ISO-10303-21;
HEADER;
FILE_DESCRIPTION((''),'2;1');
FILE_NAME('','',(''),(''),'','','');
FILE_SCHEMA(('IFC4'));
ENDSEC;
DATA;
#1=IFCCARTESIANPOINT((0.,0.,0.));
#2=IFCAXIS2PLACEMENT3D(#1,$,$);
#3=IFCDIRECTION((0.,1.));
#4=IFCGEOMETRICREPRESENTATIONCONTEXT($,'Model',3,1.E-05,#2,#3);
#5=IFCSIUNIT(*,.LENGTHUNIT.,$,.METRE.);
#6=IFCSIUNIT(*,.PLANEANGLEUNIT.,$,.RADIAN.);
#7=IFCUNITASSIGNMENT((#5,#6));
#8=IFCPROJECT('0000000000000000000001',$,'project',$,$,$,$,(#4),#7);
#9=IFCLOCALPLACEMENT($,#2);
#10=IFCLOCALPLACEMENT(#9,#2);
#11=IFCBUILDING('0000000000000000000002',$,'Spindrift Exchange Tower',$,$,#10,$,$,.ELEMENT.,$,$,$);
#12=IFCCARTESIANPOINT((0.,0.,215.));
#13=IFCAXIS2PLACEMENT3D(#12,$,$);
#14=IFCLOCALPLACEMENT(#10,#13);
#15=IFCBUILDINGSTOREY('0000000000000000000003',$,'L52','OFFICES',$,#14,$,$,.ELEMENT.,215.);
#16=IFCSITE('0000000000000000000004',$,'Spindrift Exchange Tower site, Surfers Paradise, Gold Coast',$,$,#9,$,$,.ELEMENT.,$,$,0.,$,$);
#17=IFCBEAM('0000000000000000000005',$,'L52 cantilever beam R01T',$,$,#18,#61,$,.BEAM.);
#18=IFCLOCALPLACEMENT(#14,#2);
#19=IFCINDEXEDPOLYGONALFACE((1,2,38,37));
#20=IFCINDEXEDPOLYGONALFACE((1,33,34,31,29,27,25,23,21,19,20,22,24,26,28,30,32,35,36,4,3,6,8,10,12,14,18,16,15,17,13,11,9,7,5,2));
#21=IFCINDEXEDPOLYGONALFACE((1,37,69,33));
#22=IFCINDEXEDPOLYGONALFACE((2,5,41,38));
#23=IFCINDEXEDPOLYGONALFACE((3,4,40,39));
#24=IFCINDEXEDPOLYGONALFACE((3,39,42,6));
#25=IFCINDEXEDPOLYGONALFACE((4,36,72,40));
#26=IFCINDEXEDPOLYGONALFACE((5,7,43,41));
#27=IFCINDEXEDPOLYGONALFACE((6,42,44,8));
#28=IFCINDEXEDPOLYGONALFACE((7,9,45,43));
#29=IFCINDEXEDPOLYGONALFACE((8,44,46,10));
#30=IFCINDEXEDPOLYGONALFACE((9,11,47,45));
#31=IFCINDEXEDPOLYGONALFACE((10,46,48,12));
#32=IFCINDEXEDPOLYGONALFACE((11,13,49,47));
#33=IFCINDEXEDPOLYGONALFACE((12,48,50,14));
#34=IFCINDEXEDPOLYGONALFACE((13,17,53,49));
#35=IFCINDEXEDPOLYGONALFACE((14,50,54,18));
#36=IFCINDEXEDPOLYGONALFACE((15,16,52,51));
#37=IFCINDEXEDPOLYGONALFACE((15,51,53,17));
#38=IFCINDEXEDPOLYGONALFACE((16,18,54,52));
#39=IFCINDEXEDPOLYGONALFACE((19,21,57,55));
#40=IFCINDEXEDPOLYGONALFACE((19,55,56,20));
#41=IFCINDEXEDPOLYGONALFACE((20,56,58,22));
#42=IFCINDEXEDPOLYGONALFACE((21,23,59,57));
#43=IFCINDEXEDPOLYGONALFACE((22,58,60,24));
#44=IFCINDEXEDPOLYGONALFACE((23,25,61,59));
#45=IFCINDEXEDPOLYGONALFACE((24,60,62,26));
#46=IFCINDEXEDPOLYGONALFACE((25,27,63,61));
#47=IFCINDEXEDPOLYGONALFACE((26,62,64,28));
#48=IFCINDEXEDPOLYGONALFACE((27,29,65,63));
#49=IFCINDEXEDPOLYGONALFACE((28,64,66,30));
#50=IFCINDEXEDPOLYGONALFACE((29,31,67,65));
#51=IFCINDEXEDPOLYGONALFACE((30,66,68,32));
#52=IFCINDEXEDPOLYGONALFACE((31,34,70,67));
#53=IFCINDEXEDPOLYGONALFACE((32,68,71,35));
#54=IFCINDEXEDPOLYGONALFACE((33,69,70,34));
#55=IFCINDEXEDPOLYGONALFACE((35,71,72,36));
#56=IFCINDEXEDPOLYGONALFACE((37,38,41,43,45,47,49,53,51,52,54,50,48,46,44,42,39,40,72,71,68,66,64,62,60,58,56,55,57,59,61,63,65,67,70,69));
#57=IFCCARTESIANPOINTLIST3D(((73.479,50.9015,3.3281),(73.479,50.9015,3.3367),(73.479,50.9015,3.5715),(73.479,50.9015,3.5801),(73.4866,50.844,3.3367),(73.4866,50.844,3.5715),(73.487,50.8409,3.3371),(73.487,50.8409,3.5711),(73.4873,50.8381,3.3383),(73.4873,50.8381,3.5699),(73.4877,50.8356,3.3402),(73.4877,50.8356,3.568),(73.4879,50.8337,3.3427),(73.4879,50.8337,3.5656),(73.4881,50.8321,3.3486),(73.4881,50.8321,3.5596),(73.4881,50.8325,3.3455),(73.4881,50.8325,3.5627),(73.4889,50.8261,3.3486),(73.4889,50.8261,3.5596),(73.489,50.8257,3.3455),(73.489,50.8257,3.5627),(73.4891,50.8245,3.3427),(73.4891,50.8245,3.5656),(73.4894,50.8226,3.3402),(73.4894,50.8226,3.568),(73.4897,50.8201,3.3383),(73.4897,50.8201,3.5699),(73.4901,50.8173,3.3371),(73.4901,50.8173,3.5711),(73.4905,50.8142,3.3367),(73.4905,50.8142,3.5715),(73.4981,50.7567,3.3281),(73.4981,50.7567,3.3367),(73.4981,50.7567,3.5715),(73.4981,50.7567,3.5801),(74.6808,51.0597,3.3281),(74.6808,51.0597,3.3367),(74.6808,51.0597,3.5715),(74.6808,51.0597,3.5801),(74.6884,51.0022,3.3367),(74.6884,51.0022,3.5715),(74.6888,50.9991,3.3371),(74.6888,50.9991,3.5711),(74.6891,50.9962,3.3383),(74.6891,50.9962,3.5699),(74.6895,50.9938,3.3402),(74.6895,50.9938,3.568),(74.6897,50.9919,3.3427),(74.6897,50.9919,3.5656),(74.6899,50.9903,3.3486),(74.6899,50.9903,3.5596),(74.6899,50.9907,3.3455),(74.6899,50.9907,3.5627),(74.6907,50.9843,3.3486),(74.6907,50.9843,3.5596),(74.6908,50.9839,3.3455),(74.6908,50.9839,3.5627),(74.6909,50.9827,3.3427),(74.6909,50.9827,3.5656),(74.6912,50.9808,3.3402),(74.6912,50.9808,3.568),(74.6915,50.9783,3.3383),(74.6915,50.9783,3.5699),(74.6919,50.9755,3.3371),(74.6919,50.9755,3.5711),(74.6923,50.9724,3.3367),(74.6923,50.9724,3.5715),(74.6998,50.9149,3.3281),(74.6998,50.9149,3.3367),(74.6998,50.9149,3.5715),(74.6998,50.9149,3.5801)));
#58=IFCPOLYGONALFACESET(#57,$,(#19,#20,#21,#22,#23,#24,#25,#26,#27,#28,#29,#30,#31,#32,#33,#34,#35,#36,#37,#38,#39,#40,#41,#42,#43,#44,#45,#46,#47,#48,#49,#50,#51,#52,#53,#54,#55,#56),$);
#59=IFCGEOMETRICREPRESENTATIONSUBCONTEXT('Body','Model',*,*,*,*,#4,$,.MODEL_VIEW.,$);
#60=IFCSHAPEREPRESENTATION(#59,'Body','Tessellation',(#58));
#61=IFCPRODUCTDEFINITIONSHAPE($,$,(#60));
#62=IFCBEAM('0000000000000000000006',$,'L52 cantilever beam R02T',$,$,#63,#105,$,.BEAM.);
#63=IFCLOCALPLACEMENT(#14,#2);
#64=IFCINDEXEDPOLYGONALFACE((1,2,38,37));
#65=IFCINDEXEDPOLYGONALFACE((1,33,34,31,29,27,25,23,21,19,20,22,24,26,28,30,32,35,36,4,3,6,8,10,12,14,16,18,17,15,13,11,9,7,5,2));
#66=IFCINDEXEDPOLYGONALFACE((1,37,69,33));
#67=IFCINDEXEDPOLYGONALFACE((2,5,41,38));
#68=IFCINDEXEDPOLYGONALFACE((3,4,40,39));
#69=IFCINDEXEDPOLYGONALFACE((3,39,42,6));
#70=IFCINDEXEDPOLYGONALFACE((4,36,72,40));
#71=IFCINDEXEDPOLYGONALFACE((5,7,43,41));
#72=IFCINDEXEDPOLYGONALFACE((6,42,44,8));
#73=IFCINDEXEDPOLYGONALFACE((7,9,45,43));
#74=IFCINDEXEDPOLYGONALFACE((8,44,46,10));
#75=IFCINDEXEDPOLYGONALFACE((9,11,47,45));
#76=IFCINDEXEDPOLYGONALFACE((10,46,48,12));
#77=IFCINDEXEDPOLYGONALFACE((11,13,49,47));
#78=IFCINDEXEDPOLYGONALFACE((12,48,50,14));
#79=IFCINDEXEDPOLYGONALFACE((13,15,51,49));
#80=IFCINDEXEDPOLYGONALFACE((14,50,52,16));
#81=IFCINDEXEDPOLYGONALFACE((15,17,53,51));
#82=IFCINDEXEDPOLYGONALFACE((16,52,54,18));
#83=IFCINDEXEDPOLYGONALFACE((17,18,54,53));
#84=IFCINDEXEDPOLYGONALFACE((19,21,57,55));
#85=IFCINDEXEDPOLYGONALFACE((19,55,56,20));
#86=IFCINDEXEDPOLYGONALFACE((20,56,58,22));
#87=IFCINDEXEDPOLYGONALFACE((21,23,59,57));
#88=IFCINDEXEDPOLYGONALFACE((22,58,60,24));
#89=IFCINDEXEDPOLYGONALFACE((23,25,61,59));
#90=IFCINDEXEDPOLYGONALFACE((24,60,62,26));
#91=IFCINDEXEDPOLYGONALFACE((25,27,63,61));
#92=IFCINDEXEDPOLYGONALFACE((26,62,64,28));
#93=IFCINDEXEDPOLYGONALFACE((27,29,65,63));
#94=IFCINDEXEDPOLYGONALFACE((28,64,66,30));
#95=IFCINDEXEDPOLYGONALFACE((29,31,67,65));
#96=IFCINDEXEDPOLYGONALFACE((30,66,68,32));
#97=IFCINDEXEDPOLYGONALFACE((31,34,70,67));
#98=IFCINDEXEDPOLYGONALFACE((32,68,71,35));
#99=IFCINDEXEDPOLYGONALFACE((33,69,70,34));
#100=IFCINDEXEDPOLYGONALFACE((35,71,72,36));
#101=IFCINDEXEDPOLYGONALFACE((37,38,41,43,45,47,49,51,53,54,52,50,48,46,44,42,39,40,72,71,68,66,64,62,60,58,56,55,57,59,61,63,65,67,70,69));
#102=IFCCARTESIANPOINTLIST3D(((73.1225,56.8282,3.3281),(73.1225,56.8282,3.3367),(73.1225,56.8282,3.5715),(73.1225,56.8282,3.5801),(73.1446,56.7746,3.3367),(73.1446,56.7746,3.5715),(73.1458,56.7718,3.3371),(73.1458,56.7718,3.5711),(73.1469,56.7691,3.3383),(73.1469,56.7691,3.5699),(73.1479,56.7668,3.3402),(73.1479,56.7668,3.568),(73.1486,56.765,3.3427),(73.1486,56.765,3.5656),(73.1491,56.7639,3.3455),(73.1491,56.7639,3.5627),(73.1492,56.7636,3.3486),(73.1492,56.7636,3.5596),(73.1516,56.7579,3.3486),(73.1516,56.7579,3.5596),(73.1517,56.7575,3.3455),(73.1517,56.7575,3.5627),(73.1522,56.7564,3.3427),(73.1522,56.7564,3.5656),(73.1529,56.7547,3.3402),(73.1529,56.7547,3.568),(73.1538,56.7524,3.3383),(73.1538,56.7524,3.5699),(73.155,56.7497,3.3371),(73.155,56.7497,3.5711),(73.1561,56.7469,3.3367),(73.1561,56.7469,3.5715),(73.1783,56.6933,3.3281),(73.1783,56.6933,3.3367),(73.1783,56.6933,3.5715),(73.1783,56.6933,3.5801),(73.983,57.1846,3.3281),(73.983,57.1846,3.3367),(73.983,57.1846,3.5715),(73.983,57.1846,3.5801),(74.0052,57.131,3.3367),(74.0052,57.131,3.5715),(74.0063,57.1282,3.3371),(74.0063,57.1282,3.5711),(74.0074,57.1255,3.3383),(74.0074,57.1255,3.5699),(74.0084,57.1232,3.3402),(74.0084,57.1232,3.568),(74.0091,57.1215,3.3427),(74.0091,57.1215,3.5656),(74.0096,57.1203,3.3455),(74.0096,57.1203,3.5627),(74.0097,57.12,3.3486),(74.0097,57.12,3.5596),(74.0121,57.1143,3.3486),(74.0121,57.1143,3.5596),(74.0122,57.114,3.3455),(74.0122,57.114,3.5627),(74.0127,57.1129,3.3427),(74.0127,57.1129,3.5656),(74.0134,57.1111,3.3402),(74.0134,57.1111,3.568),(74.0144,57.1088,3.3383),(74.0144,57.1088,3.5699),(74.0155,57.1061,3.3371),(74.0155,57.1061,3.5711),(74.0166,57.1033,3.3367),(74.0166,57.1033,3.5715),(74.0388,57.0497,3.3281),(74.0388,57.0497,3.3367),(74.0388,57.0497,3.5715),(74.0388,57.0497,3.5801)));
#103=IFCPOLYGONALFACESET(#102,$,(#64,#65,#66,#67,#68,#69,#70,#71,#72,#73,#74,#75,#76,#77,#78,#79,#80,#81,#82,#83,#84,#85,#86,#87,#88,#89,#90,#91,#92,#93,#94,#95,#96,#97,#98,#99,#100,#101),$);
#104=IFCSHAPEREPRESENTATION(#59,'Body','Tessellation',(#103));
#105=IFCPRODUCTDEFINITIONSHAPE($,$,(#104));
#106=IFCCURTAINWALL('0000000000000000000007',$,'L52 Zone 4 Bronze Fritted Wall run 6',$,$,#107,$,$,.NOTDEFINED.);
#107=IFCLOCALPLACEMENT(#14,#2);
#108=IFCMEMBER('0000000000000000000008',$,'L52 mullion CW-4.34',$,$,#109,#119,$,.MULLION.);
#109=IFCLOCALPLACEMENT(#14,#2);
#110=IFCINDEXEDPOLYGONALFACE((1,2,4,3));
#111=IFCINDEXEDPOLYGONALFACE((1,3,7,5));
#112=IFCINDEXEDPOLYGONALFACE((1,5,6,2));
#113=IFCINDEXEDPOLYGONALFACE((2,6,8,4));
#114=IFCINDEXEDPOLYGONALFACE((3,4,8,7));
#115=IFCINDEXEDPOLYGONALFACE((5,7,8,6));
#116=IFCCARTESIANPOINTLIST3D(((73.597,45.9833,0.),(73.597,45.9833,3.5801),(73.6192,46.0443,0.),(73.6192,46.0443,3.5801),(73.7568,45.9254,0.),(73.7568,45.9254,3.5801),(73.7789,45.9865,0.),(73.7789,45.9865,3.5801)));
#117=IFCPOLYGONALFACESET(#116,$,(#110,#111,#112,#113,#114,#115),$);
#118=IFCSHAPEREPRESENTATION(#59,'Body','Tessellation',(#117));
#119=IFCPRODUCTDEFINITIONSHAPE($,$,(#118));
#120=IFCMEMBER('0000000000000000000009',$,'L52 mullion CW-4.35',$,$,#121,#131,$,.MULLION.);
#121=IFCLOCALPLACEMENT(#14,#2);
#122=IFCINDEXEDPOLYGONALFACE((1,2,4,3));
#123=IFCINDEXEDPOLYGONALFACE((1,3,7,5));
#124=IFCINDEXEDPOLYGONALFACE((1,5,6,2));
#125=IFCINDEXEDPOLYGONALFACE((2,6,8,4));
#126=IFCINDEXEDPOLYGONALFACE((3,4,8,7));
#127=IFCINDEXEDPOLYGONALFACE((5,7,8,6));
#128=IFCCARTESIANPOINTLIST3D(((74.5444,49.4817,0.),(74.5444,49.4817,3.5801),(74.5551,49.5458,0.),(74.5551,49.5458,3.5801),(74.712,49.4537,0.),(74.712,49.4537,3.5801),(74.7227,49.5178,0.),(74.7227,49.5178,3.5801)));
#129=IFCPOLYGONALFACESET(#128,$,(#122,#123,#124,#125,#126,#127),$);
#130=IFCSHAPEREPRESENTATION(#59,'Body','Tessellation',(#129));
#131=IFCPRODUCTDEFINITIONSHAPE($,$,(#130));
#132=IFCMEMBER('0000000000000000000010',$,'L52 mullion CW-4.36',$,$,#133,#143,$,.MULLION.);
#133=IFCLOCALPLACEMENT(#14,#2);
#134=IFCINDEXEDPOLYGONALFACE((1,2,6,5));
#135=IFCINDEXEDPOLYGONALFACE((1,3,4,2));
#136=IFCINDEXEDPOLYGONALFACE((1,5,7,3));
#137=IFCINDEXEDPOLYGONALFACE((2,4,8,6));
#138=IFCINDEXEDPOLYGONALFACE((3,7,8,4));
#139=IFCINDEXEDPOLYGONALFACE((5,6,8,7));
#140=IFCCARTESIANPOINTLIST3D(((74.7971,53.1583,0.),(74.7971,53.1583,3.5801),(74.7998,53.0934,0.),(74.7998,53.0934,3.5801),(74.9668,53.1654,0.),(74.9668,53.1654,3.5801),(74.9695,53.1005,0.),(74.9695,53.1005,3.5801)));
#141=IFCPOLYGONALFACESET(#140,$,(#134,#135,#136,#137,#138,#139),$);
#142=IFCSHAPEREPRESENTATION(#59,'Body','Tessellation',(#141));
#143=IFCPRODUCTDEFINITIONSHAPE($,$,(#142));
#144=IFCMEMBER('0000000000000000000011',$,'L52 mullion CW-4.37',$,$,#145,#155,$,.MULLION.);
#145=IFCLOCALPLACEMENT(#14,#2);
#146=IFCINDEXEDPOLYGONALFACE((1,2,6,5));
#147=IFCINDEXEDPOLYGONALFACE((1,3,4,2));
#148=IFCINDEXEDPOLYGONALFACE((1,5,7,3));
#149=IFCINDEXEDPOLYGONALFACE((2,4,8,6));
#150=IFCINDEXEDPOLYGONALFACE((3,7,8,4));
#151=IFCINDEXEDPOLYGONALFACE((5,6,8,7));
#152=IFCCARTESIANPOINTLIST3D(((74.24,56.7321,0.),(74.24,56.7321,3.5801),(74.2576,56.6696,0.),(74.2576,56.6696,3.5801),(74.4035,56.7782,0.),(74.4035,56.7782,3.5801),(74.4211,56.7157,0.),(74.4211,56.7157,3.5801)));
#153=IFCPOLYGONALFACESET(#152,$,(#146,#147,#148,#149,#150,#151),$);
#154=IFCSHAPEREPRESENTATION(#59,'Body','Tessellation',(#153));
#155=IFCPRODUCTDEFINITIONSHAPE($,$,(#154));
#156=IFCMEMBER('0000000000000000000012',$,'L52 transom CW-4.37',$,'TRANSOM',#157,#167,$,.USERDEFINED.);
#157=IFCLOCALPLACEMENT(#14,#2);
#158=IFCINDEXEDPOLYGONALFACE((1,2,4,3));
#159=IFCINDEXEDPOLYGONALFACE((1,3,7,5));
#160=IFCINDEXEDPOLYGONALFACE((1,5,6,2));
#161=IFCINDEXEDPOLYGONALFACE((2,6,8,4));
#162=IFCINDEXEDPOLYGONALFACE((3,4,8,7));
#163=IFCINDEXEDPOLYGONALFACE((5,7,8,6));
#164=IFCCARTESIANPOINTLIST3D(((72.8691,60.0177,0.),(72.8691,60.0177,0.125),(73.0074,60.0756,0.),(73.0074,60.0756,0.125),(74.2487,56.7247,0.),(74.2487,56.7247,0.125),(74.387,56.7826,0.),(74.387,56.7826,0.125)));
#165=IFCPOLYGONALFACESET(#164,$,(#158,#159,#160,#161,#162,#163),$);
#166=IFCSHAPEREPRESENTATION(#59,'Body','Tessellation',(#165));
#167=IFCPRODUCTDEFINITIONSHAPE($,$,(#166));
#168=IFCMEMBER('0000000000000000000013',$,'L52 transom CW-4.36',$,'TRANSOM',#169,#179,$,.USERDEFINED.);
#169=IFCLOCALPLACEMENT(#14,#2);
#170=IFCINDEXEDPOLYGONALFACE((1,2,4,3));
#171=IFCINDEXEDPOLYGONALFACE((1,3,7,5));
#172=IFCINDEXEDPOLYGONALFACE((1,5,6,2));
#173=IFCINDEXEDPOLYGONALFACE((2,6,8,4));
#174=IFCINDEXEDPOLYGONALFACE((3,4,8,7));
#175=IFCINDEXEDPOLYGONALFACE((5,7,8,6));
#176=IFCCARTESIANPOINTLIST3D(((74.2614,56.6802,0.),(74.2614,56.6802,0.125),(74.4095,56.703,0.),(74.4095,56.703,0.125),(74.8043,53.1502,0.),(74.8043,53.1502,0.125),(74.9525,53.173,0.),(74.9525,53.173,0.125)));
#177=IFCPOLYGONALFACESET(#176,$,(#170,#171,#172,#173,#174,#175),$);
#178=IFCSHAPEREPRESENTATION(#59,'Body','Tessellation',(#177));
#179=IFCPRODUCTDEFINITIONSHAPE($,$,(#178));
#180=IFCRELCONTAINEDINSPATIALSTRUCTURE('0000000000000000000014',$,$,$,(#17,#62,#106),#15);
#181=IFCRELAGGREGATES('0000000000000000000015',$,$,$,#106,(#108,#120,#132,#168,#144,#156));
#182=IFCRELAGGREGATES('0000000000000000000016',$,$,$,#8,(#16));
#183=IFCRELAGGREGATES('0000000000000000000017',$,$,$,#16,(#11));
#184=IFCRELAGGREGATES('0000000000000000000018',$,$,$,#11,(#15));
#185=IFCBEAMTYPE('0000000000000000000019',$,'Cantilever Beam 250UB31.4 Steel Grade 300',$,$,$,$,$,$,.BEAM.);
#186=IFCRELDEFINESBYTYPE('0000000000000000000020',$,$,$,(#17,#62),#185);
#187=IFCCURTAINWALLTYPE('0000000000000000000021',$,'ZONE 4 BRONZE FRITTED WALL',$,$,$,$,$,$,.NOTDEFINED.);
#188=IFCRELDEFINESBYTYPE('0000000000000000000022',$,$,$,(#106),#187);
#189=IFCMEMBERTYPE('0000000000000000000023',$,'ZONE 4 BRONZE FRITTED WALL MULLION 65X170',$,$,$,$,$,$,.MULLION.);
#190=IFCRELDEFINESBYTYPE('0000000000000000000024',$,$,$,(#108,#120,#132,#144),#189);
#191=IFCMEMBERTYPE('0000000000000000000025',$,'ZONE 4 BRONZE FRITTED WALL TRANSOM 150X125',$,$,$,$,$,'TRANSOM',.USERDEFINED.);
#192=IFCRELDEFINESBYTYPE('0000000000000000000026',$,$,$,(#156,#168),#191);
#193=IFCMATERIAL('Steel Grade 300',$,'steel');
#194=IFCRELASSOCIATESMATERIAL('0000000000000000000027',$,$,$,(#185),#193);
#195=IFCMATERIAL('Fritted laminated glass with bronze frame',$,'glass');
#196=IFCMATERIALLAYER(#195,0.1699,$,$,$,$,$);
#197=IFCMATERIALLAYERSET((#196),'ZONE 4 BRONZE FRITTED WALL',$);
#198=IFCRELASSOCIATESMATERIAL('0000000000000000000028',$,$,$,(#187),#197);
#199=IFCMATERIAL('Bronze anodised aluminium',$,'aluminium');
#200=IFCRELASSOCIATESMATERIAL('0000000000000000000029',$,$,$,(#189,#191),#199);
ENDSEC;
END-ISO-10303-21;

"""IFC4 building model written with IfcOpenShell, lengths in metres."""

from ifc_helpers import new_model, si_unit, direction, frame, origin, origin_2d, place, context, subcontext, project, spatial, rectangle, i_section, extrude, source, transform, mapped, material, layer, layer_set, material_profile, profile_set, type_object, element, aggregate, save


model = new_model("IFC4")

# Units and contexts
model_context = context("Model", 3, precision=1e-05, world=origin(), true_north=direction((0.0, 1.0)))
body_context = subcontext(model_context, "Body", "Model", "MODEL_VIEW")
ifc_project = project(units=[si_unit("LENGTHUNIT", "METRE"), si_unit("PLANEANGLEUNIT", "RADIAN")], contexts=[model_context])

# Site, building, storey
site_placement = place(None, origin())
site = spatial("IfcSite", under=ifc_project, at=site_placement, Name="Spindrift Exchange Tower site, Surfers Paradise, Gold Coast", CompositionType="ELEMENT", RefElevation=0.0)
building_placement = place(site_placement, origin())
building = spatial("IfcBuilding", under=site, at=building_placement, Name="Spindrift Exchange Tower", CompositionType="ELEMENT")
storey_placement = place(building_placement, frame((0.0, 0.0, 215.0)))
storey = spatial("IfcBuildingStorey", under=building, at=storey_placement, Name="L52", Description="OFFICES", CompositionType="ELEMENT", Elevation=215.0)

# Beams
ifc_material_1 = material(Name="Steel Grade 300", Category="steel")
ifc_material_profile_1 = material_profile(ifc_material_1, i_section(OverallWidth=0.146, OverallDepth=0.252, WebThickness=0.0061, FlangeThickness=0.0085, FilletRadius=0.012, at=origin_2d()), Name="250UB31.4")
ifc_profile_set_1 = profile_set([ifc_material_profile_1], Name="Steel Grade 300")
beam_type_1 = type_object("IfcBeamType", Name="Cantilever Beam 250UB31.4 Steel Grade 300", PredefinedType="BEAM", material=ifc_profile_set_1)
shared_shape_1 = source(origin(), body_context, "Body", "SweptSolid", [
    extrude(i_section(OverallWidth=0.146, OverallDepth=0.252, WebThickness=0.0061, FlangeThickness=0.0085, FilletRadius=0.012, at=origin_2d()), origin(), (0.0, 0.0, 1.0), 1.2122),
])
beam_1_placement = place(storey_placement, frame((73.4885, 50.8291, 3.4541), z_axis=(0.991448, 0.130501, 0.0), x_axis=(-0.130501, 0.991448, 0.0)))
element("IfcBeam", 1, at=beam_1_placement, inside=storey, type_object=beam_type_1, Name="L52 cantilever beam R01T", PredefinedType="BEAM", context=body_context, shape_type="MappedRepresentation", body=[
    mapped(shared_shape_1, transform((0.0, 0.0, 0.0), scale=1.0)),
])
shared_shape_2 = source(origin(), body_context, "Body", "SweptSolid", [
    extrude(i_section(OverallWidth=0.146, OverallDepth=0.252, WebThickness=0.0061, FlangeThickness=0.0085, FilletRadius=0.012, at=origin_2d()), origin(), (0.0, 0.0, 1.0), 0.9314),
])
beam_2_placement = place(storey_placement, frame((73.1504, 56.7607, 3.4541), z_axis=(0.923889, 0.38266, 0.0), x_axis=(-0.38266, 0.923889, 0.0)))
element("IfcBeam", 2, at=beam_2_placement, inside=storey, type_object=beam_type_1, Name="L52 cantilever beam R02T", PredefinedType="BEAM", context=body_context, shape_type="MappedRepresentation", body=[
    mapped(shared_shape_2, transform((0.0, 0.0, 0.0), scale=1.0)),
])

# Curtain wall, members
ifc_material_2 = material(Name="Fritted laminated glass with bronze frame", Category="glass")
ifc_layer_1 = layer(ifc_material_2, 0.1699)
ifc_layer_set_1 = layer_set([ifc_layer_1], Name="ZONE 4 BRONZE FRITTED WALL")
curtain_wall_type = type_object("IfcCurtainWallType", Name="ZONE 4 BRONZE FRITTED WALL", PredefinedType="NOTDEFINED", material=ifc_layer_set_1)
curtain_wall_placement = place(storey_placement, origin())
curtain_wall = element("IfcCurtainWall", 3, at=curtain_wall_placement, inside=storey, type_object=curtain_wall_type, Name="L52 Zone 4 Bronze Fritted Wall run 6", PredefinedType="NOTDEFINED")
ifc_material_3 = material(Name="Bronze anodised aluminium", Category="aluminium")
ifc_material_profile_2 = material_profile(ifc_material_3, rectangle(XDim=0.0649, YDim=0.1699, at=origin_2d()), Name="ZONE 4 BRONZE FRITTED WALL MULLION 65X170")
ifc_profile_set_2 = profile_set([ifc_material_profile_2], Name="Bronze anodised aluminium")
member_type_1 = type_object("IfcMemberType", Name="ZONE 4 BRONZE FRITTED WALL MULLION 65X170", PredefinedType="MULLION", material=ifc_profile_set_2)
shared_shape_3 = source(origin(), body_context, "Body", "SweptSolid", [
    extrude(rectangle(XDim=0.0649, YDim=0.1699, at=origin_2d()), origin(), (0.0, 0.0, 1.0), 3.5801),
])
member_1_placement = place(storey_placement, frame((73.688, 45.9849, 0.0), z_axis=(0.0, 0.0, 1.0), x_axis=(0.340504, 0.940243, 0.0)))
member_1 = element("IfcMember", 4, at=member_1_placement, type_object=member_type_1, Name="L52 mullion CW-4.34", PredefinedType="MULLION", context=body_context, shape_type="MappedRepresentation", body=[
    mapped(shared_shape_3, transform((0.0, 0.0, 0.0), scale=1.0)),
])
member_2_placement = place(storey_placement, frame((74.6335, 49.4998, 0.0), z_axis=(0.0, 0.0, 1.0), x_axis=(0.165012, 0.986291, 0.0)))
member_2 = element("IfcMember", 5, at=member_2_placement, type_object=member_type_1, Name="L52 mullion CW-4.35", PredefinedType="MULLION", context=body_context, shape_type="MappedRepresentation", body=[
    mapped(shared_shape_3, transform((0.0, 0.0, 0.0), scale=1.0)),
])
member_3_placement = place(storey_placement, frame((74.8833, 53.1294, 0.0), z_axis=(0.0, 0.0, 1.0), x_axis=(-0.041948, 0.99912, 0.0)))
member_3 = element("IfcMember", 6, at=member_3_placement, type_object=member_type_1, Name="L52 mullion CW-4.36", PredefinedType="MULLION", context=body_context, shape_type="MappedRepresentation", body=[
    mapped(shared_shape_3, transform((0.0, 0.0, 0.0), scale=1.0)),
])
member_4_placement = place(storey_placement, frame((74.3306, 56.7239, 0.0), z_axis=(0.0, 0.0, 1.0), x_axis=(-0.271259, 0.962506, 0.0)))
member_4 = element("IfcMember", 7, at=member_4_placement, type_object=member_type_1, Name="L52 mullion CW-4.37", PredefinedType="MULLION", context=body_context, shape_type="MappedRepresentation", body=[
    mapped(shared_shape_3, transform((0.0, 0.0, 0.0), scale=1.0)),
])
ifc_material_profile_3 = material_profile(ifc_material_3, rectangle(XDim=0.1499, YDim=0.125, at=origin_2d()), Name="ZONE 4 BRONZE FRITTED WALL TRANSOM 150X125")
ifc_profile_set_3 = profile_set([ifc_material_profile_3], Name="Bronze anodised aluminium")
member_type_2 = type_object("IfcMemberType", Name="ZONE 4 BRONZE FRITTED WALL TRANSOM 150X125", ElementType="TRANSOM", PredefinedType="USERDEFINED", material=ifc_profile_set_3)
shared_shape_4 = source(origin(), body_context, "Body", "SweptSolid", [
    extrude(rectangle(XDim=0.1499, YDim=0.125, at=origin_2d()), origin(), (0.0, 0.0, 1.0), 3.5703),
])
member_5_placement = place(storey_placement, frame((74.3179, 56.7537, 0.0625), z_axis=(-0.386421, 0.922323, 0.0), x_axis=(-0.922323, -0.386421, 0.0)))
member_5 = element("IfcMember", 8, at=member_5_placement, type_object=member_type_2, Name="L52 transom CW-4.37", ObjectType="TRANSOM", PredefinedType="USERDEFINED", context=body_context, shape_type="MappedRepresentation", body=[
    mapped(shared_shape_4, transform((0.0, 0.0, 0.0), scale=1.0)),
])
shared_shape_5 = source(origin(), body_context, "Body", "SweptSolid", [
    extrude(rectangle(XDim=0.1499, YDim=0.125, at=origin_2d()), origin(), (0.0, 0.0, 1.0), 3.5715),
])
member_6_placement = place(storey_placement, frame((74.8784, 53.1616, 0.0625), z_axis=(-0.152026, 0.988376, 0.0), x_axis=(-0.988376, -0.152026, 0.0)))
member_6 = element("IfcMember", 9, at=member_6_placement, type_object=member_type_2, Name="L52 transom CW-4.36", ObjectType="TRANSOM", PredefinedType="USERDEFINED", context=body_context, shape_type="MappedRepresentation", body=[
    mapped(shared_shape_5, transform((0.0, 0.0, 0.0), scale=1.0)),
])
aggregate(curtain_wall, [member_1, member_2, member_3, member_6, member_4, member_5])

save(model, "model.ifc")
